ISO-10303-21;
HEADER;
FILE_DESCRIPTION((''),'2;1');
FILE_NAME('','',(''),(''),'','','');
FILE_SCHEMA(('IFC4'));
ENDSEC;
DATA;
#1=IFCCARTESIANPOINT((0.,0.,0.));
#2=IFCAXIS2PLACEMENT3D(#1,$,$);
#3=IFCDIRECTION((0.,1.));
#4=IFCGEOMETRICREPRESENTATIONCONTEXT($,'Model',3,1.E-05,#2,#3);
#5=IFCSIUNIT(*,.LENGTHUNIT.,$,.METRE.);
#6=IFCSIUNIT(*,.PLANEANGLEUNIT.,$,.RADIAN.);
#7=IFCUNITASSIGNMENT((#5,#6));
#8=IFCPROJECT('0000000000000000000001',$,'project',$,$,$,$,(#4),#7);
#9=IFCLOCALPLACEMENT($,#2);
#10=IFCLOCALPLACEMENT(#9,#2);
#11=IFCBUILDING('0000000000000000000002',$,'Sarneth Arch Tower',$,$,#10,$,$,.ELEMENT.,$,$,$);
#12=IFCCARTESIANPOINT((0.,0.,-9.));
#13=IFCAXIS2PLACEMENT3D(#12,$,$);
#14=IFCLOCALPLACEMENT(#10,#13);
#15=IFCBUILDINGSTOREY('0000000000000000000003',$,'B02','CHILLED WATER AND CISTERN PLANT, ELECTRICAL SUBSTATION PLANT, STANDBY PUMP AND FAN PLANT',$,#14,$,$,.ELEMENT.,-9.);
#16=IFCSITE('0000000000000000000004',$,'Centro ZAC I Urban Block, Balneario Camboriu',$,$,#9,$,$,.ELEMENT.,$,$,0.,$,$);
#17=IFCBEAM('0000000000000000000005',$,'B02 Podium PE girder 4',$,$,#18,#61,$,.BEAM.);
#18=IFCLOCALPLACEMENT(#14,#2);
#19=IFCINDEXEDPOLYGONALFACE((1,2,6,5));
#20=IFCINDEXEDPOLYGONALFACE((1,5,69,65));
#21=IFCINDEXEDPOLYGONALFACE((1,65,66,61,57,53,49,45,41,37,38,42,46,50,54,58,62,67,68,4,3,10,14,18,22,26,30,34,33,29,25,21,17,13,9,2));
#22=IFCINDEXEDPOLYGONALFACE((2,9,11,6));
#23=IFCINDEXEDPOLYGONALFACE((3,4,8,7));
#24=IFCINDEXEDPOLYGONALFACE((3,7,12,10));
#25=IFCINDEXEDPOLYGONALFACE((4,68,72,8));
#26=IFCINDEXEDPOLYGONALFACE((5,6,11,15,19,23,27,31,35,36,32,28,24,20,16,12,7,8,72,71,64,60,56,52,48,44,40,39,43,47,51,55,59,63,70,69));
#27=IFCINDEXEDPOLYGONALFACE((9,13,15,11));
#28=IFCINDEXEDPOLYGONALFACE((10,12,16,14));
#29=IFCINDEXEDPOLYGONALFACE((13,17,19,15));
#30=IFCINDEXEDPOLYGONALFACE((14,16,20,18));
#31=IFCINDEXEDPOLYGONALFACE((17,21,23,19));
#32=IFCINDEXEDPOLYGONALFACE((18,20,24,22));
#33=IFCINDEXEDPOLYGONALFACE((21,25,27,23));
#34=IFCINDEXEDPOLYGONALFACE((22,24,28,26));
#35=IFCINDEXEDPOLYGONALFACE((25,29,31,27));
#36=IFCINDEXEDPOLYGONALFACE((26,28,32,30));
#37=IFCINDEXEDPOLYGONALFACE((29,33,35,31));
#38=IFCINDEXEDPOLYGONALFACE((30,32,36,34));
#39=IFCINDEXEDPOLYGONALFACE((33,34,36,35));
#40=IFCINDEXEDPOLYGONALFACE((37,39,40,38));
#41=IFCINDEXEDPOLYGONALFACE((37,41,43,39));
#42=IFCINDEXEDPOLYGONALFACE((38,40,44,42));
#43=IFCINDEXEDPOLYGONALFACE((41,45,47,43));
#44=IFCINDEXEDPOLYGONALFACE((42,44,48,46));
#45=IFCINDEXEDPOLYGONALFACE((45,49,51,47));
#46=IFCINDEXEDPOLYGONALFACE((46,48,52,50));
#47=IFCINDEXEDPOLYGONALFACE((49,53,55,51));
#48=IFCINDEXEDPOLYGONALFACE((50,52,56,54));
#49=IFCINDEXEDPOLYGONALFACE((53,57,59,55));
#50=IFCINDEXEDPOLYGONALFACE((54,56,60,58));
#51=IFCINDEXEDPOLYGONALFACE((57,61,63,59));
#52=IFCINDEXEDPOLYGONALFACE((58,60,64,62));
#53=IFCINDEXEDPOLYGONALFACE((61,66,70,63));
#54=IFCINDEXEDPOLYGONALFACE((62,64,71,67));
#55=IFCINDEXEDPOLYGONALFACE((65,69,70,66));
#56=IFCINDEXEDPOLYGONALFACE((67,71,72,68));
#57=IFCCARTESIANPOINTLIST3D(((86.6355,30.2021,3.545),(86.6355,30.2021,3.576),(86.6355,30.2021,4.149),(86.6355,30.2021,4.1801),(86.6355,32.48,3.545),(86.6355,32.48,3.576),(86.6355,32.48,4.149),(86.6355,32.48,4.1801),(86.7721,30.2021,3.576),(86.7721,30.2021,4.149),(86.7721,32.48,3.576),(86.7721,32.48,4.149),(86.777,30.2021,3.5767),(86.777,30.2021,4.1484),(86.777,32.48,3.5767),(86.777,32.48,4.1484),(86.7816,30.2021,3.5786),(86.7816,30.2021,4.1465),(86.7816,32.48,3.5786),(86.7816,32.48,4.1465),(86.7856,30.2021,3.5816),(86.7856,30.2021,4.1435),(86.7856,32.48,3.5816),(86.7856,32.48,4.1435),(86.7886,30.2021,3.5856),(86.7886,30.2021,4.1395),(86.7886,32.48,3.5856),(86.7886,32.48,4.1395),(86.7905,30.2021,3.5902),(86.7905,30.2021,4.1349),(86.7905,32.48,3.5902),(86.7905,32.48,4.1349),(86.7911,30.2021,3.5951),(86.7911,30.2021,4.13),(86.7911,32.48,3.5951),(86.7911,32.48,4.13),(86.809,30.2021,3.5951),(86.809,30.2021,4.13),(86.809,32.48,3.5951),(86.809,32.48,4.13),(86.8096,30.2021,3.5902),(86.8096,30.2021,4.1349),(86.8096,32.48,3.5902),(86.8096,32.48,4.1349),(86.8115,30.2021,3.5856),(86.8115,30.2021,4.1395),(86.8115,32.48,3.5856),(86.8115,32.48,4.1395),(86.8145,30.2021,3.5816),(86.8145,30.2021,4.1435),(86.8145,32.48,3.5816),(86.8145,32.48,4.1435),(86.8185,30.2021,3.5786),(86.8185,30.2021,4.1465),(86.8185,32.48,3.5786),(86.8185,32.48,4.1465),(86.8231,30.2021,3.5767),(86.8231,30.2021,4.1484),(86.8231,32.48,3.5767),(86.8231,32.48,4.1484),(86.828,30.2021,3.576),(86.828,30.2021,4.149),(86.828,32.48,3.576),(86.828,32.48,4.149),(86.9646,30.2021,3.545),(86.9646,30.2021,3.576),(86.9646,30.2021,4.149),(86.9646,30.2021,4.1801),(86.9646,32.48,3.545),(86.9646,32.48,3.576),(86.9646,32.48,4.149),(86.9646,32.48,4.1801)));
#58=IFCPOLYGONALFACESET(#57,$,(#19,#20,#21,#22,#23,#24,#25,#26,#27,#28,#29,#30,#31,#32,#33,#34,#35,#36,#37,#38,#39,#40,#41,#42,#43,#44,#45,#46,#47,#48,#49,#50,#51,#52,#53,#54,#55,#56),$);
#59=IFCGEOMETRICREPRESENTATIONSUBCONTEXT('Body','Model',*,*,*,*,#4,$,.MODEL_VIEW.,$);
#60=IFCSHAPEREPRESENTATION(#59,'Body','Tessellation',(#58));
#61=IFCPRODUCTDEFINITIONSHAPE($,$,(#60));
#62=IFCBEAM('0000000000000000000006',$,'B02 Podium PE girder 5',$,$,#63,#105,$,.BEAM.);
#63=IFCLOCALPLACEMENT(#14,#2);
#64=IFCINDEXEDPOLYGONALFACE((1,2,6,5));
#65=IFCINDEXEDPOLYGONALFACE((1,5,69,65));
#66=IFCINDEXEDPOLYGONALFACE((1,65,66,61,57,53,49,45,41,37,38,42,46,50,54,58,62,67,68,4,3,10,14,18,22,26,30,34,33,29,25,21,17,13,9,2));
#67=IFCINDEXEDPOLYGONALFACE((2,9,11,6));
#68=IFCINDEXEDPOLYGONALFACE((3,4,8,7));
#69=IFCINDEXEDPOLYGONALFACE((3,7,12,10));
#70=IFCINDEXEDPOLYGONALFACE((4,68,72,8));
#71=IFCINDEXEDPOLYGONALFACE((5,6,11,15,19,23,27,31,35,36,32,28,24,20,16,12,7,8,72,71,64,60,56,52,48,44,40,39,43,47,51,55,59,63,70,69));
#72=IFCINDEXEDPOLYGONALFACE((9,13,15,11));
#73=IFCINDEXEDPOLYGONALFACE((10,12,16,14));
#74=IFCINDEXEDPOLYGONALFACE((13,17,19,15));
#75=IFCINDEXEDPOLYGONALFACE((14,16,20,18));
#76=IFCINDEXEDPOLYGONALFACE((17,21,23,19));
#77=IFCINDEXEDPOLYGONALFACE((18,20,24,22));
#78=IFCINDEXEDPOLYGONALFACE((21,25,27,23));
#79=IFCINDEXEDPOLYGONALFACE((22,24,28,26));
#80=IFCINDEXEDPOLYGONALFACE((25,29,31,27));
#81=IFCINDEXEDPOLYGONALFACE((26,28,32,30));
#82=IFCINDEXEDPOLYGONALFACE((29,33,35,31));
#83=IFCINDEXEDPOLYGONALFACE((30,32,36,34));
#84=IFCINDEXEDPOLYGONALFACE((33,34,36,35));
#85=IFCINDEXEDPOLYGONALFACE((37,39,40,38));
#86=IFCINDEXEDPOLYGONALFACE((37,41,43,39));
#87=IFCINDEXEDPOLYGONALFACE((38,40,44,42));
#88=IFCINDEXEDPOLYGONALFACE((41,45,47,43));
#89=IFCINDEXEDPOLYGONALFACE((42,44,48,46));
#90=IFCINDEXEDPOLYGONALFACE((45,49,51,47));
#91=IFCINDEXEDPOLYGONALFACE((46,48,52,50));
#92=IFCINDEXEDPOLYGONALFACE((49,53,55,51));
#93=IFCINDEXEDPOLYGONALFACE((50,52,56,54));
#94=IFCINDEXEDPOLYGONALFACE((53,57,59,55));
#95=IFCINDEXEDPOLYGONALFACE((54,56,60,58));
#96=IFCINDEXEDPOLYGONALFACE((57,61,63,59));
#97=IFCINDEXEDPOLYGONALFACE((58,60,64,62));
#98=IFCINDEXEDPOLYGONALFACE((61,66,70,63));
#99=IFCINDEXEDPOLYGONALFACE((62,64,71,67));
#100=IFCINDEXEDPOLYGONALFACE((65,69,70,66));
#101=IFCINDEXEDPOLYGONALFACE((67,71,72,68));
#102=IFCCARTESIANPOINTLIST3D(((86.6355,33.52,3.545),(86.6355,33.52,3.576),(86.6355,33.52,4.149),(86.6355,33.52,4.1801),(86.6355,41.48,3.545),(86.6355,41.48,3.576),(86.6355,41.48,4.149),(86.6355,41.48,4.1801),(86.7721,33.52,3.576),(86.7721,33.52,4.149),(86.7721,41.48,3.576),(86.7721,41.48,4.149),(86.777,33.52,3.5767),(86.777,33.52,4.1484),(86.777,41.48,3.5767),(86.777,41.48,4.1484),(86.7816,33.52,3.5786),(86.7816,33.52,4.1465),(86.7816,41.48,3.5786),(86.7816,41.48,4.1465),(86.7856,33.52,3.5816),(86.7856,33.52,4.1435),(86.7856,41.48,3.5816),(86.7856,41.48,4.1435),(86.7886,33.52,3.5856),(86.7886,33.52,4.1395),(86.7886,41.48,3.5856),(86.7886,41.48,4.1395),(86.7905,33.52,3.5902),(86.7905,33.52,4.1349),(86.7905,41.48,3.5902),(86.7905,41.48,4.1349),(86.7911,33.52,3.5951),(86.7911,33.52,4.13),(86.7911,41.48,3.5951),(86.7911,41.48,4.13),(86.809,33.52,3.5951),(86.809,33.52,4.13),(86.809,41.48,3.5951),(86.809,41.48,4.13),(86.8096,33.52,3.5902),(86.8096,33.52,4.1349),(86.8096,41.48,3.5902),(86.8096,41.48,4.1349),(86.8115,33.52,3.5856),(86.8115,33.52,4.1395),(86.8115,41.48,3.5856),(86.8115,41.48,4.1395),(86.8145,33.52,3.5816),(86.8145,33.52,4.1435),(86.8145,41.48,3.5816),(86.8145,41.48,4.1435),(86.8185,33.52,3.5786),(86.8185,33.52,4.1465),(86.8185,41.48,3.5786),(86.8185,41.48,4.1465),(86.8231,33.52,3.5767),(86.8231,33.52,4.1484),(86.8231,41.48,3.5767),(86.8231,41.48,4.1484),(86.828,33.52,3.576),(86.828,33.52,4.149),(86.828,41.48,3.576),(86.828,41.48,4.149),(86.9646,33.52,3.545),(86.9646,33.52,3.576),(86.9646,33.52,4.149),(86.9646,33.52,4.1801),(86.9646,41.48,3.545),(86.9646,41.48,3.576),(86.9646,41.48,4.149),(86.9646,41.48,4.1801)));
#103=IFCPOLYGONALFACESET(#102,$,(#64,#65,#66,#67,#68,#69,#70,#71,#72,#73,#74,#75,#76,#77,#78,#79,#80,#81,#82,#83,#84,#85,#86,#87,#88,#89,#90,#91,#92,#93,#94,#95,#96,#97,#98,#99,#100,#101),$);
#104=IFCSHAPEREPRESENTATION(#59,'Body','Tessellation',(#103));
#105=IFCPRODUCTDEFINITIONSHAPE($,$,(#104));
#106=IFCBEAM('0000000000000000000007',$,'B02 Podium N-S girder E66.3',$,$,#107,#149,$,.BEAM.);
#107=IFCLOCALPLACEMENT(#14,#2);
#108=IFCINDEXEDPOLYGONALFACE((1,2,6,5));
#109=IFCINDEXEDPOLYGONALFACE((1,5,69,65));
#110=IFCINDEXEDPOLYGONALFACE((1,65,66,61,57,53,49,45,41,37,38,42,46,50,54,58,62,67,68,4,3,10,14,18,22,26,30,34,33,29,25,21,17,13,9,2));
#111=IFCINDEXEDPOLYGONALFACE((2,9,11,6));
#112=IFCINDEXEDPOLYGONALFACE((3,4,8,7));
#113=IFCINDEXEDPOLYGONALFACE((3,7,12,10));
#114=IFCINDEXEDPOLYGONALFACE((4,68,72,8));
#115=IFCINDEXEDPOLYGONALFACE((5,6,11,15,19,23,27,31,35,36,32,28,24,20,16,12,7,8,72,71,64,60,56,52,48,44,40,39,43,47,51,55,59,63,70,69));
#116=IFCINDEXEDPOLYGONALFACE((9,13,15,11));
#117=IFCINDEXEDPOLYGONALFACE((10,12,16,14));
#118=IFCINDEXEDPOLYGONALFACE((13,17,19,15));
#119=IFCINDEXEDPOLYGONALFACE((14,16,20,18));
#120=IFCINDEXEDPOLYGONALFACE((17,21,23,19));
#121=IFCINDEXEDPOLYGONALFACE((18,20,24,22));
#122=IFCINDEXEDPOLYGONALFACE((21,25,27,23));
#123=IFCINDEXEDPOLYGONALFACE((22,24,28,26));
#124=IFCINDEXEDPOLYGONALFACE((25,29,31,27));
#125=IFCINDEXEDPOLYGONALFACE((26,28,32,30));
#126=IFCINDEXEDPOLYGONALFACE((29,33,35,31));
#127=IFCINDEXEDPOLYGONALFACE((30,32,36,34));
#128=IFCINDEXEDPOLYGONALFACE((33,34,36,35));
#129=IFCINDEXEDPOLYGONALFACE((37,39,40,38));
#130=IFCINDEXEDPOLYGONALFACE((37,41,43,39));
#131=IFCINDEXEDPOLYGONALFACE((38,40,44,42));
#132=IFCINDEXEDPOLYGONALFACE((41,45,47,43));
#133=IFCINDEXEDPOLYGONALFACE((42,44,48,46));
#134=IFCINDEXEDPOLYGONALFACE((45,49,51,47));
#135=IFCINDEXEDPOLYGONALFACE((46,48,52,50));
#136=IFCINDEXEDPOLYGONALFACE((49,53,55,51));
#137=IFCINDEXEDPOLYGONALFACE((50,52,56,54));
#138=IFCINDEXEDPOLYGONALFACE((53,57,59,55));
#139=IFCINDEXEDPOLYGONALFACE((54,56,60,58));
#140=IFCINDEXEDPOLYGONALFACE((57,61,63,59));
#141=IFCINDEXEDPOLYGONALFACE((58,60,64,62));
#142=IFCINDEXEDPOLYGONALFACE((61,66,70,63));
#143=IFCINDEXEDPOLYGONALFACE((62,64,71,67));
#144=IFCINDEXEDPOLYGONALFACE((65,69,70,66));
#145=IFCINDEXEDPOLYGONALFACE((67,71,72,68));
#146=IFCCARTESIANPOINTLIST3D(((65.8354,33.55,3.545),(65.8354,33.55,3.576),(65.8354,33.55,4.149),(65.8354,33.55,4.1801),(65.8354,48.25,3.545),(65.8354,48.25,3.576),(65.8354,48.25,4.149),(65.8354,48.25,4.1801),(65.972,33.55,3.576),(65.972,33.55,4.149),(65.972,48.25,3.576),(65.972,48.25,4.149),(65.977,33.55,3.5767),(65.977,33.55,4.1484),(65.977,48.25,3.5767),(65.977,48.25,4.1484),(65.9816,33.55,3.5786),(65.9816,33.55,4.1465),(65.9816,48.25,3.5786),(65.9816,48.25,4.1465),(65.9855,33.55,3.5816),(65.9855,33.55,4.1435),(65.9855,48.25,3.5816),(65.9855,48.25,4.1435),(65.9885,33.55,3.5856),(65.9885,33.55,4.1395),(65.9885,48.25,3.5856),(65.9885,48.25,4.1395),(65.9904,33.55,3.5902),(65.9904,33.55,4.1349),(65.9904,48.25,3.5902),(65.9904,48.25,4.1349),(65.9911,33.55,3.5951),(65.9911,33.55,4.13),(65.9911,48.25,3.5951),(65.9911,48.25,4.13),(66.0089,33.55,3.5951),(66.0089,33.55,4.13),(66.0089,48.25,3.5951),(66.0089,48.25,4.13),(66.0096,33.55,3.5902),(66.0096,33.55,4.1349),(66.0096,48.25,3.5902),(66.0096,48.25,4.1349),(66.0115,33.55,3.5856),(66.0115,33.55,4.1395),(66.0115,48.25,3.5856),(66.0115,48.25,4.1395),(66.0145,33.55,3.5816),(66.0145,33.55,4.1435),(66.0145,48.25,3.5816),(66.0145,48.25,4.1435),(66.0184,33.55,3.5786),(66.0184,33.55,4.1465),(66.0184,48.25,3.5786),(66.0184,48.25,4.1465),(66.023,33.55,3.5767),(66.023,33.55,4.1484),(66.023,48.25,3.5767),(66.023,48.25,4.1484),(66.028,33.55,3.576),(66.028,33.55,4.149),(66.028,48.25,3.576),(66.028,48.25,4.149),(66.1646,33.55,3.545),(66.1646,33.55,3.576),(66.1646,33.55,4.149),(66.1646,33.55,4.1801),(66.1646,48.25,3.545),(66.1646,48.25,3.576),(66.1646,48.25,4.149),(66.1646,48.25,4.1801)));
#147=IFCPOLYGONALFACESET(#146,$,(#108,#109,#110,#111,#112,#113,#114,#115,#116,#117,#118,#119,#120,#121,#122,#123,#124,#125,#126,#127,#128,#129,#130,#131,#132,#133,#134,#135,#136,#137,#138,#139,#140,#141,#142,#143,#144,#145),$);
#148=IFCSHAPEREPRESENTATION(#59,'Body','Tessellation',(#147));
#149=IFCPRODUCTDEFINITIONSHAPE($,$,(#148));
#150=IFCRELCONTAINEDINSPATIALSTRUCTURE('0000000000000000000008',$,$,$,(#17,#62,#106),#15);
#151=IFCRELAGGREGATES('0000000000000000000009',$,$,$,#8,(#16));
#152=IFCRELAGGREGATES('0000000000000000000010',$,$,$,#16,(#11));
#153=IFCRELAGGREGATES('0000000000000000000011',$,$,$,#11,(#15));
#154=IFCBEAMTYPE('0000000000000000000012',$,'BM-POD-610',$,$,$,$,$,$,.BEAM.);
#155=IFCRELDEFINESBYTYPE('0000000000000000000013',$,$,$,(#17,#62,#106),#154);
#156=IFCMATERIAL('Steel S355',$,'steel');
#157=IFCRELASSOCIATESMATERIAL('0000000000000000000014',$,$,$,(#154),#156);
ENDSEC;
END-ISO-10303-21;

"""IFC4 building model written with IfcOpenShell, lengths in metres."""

from ifc_helpers import new_model, si_unit, direction, frame, origin, origin_2d, place, context, subcontext, project, spatial, i_section, extrude, material, material_profile, profile_set, type_object, element, save


model = new_model("IFC4")

# Units and contexts
model_context = context("Model", 3, precision=1e-05, world=origin(), true_north=direction((0.0, 1.0)))
body_context = subcontext(model_context, "Body", "Model", "MODEL_VIEW")
ifc_project = project(units=[si_unit("LENGTHUNIT", "METRE"), si_unit("PLANEANGLEUNIT", "RADIAN")], contexts=[model_context])

# Site, building, storey
site_placement = place(None, origin())
site = spatial("IfcSite", under=ifc_project, at=site_placement, Name="Centro ZAC I Urban Block, Balneario Camboriu", CompositionType="ELEMENT", RefElevation=0.0)
building_placement = place(site_placement, origin())
building = spatial("IfcBuilding", under=site, at=building_placement, Name="Sarneth Arch Tower", CompositionType="ELEMENT")
storey_placement = place(building_placement, frame((0.0, 0.0, -9.0)))
storey = spatial("IfcBuildingStorey", under=building, at=storey_placement, Name="B02", Description="CHILLED WATER AND CISTERN PLANT, ELECTRICAL SUBSTATION PLANT, STANDBY PUMP AND FAN PLANT", CompositionType="ELEMENT", Elevation=-9.0)

# Beams
ifc_material_1 = material(Name="Steel S355", Category="steel")
ifc_material_profile_1 = material_profile(ifc_material_1, i_section(OverallWidth=0.3291, OverallDepth=0.635, WebThickness=0.0178, FlangeThickness=0.031, FilletRadius=0.019, at=origin_2d()), Name="W610x241")
ifc_profile_set_1 = profile_set([ifc_material_profile_1], Name="Steel S355")
beam_type = type_object("IfcBeamType", Name="BM-POD-610", PredefinedType="BEAM", material=ifc_profile_set_1)
beam_1_placement = place(storey_placement, frame((86.8, 30.2021, 3.8625), z_axis=(0.0, 1.0, 0.0), x_axis=(-1.0, 0.0, 0.0)))
element("IfcBeam", 1, at=beam_1_placement, inside=storey, type_object=beam_type, Name="B02 Podium PE girder 4", PredefinedType="BEAM", context=body_context, shape_type="SweptSolid", body=[
    extrude(i_section(OverallWidth=0.3291, OverallDepth=0.635, WebThickness=0.0178, FlangeThickness=0.031, FilletRadius=0.019, at=origin_2d()), origin(), (0.0, 0.0, 1.0), 2.2778),
])
beam_2_placement = place(storey_placement, frame((86.8, 33.52, 3.8625), z_axis=(0.0, 1.0, 0.0), x_axis=(-1.0, 0.0, 0.0)))
element("IfcBeam", 2, at=beam_2_placement, inside=storey, type_object=beam_type, Name="B02 Podium PE girder 5", PredefinedType="BEAM", context=body_context, shape_type="SweptSolid", body=[
    extrude(i_section(OverallWidth=0.3291, OverallDepth=0.635, WebThickness=0.0178, FlangeThickness=0.031, FilletRadius=0.019, at=origin_2d()), origin(), (0.0, 0.0, 1.0), 7.96),
])
beam_3_placement = place(storey_placement, frame((66.0, 33.55, 3.8625), z_axis=(0.0, 1.0, 0.0), x_axis=(-1.0, 0.0, 0.0)))
element("IfcBeam", 3, at=beam_3_placement, inside=storey, type_object=beam_type, Name="B02 Podium N-S girder E66.3", PredefinedType="BEAM", context=body_context, shape_type="SweptSolid", body=[
    extrude(i_section(OverallWidth=0.3291, OverallDepth=0.635, WebThickness=0.0178, FlangeThickness=0.031, FilletRadius=0.019, at=origin_2d()), origin(), (0.0, 0.0, 1.0), 14.7),
])

save(model, "model.ifc")
